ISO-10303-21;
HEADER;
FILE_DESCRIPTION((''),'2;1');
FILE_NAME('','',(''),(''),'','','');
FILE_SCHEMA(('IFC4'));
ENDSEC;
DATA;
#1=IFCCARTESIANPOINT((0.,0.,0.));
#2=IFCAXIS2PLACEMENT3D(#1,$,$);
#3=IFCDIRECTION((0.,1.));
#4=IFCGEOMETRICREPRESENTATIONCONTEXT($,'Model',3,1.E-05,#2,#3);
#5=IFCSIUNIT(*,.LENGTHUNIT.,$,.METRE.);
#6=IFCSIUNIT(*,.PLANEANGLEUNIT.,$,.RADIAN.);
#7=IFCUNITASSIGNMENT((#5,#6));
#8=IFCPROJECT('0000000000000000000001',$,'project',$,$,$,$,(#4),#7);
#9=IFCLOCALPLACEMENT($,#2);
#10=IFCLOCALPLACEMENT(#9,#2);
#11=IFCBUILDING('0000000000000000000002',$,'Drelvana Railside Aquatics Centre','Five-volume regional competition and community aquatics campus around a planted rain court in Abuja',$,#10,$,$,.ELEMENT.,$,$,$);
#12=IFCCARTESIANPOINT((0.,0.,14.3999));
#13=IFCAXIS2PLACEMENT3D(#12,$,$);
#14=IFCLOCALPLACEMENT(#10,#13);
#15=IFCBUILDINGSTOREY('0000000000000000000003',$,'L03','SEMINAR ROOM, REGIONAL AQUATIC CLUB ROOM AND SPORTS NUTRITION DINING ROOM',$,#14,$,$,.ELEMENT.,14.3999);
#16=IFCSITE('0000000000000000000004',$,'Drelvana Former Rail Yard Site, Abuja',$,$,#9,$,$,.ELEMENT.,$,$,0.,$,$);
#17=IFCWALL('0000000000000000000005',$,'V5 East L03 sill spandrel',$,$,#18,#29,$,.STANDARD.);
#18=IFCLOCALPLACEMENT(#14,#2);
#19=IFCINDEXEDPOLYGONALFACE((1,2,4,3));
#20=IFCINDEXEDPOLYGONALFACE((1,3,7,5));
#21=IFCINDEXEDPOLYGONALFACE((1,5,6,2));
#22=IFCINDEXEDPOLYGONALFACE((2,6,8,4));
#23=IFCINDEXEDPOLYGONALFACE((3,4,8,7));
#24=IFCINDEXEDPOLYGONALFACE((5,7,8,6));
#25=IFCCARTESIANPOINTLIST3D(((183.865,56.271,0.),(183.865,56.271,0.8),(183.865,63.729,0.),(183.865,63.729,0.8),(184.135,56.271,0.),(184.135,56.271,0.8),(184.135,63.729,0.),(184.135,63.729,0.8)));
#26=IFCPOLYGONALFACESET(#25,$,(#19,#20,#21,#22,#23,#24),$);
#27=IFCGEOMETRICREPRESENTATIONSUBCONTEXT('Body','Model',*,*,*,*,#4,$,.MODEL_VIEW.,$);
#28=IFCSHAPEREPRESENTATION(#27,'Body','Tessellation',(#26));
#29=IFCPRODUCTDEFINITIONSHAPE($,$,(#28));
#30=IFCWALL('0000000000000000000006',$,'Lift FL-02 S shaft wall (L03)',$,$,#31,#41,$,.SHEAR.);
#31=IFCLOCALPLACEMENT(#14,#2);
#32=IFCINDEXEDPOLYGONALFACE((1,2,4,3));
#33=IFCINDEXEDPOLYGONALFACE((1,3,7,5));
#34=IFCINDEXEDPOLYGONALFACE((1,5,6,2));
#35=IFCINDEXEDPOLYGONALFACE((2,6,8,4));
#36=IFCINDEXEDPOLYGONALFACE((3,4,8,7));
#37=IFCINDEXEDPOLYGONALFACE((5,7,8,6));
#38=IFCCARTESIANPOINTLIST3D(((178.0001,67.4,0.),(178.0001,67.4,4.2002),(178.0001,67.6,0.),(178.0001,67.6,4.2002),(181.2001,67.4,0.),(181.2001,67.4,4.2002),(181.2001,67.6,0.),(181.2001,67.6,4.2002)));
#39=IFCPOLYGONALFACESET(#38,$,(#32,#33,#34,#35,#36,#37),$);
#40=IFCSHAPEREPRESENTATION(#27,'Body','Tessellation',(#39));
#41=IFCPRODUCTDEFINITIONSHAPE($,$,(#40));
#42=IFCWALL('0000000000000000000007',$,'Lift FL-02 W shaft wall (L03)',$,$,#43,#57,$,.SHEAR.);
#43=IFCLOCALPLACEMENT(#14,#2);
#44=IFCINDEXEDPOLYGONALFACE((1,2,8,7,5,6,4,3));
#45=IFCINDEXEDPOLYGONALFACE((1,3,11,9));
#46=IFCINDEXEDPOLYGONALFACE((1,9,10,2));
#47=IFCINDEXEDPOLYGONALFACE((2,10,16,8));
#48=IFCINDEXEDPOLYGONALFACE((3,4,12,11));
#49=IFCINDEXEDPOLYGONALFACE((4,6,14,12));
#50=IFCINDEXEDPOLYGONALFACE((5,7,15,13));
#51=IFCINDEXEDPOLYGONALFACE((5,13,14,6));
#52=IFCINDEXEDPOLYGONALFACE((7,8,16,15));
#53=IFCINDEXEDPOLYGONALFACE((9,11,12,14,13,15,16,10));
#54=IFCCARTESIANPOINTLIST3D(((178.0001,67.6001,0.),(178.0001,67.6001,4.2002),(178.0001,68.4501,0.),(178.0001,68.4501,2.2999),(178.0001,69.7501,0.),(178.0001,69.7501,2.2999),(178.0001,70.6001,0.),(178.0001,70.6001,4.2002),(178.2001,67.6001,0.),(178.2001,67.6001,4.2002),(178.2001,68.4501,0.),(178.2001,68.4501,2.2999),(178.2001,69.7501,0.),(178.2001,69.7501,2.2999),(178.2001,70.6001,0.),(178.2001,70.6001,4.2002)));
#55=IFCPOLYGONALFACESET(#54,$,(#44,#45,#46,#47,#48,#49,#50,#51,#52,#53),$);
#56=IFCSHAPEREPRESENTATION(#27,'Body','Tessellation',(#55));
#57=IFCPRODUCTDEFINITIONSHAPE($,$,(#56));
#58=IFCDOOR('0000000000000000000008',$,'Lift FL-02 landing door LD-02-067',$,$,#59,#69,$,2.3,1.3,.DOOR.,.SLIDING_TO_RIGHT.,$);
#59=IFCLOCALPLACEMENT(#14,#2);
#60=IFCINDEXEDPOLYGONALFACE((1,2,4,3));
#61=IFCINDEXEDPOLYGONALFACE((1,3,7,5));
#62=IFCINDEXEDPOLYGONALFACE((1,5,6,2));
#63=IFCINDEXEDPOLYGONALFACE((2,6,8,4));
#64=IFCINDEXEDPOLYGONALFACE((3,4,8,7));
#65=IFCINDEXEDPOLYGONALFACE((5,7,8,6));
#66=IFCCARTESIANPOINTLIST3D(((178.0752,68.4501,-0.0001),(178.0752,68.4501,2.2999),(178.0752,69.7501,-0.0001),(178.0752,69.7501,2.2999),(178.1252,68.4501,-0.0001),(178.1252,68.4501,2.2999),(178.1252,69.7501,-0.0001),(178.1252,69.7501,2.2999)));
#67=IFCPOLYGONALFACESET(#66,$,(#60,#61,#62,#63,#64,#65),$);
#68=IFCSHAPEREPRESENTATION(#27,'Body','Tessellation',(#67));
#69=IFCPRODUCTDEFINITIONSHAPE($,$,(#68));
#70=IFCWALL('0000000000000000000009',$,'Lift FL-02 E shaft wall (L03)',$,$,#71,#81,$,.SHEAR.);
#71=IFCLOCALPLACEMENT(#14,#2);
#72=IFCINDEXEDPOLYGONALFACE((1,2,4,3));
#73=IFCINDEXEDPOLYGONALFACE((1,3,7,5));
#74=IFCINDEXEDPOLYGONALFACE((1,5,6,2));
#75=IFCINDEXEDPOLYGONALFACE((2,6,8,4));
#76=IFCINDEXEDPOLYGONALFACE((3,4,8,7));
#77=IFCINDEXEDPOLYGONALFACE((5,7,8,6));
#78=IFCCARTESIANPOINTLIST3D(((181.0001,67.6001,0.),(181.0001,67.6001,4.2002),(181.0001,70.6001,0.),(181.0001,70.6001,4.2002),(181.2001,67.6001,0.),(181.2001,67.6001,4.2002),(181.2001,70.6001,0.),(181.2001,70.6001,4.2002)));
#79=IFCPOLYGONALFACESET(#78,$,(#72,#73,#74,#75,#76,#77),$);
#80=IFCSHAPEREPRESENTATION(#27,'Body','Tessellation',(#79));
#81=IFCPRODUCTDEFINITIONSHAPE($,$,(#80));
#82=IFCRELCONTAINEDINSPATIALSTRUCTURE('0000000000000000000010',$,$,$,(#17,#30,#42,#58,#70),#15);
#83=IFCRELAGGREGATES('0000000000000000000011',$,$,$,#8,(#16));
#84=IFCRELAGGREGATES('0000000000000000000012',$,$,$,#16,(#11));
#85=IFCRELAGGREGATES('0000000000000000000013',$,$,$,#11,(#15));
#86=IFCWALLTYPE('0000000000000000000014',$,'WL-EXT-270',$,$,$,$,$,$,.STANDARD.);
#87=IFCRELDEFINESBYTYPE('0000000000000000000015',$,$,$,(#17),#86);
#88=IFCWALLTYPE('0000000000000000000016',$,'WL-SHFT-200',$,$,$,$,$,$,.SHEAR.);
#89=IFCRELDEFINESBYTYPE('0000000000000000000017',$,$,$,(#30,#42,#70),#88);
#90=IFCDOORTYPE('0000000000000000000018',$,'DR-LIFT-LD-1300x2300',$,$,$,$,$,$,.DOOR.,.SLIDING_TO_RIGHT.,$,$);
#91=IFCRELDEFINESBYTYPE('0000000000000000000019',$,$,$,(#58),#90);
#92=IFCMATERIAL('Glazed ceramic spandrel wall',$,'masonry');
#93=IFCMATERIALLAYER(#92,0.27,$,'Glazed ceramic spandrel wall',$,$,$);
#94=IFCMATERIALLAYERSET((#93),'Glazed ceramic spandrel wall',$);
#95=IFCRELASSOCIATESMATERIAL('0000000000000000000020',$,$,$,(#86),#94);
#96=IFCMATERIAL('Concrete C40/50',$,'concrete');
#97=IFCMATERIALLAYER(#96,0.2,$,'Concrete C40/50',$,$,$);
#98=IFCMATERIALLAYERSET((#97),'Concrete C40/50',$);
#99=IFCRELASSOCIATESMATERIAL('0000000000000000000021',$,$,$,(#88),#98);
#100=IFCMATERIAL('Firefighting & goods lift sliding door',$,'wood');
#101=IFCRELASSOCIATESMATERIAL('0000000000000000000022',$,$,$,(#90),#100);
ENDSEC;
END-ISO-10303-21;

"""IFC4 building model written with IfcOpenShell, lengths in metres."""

from ifc_helpers import new_model, si_unit, direction, frame, frame_2d, origin, place, context, subcontext, project, spatial, rectangle, extrude, material, layer, layer_set, type_object, element, fill, save


model = new_model("IFC4")

# Units and contexts
model_context = context("Model", 3, precision=1e-05, world=origin(), true_north=direction((0.0, 1.0)))
body_context = subcontext(model_context, "Body", "Model", "MODEL_VIEW")
ifc_project = project(units=[si_unit("LENGTHUNIT", "METRE"), si_unit("PLANEANGLEUNIT", "RADIAN")], contexts=[model_context])

# Site, building, storey
site_placement = place(None, origin())
site = spatial("IfcSite", under=ifc_project, at=site_placement, Name="Drelvana Former Rail Yard Site, Abuja", CompositionType="ELEMENT", RefElevation=0.0)
building_placement = place(site_placement, origin())
building = spatial("IfcBuilding", under=site, at=building_placement, Name="Drelvana Railside Aquatics Centre", Description="Five-volume regional competition and community aquatics campus around a planted rain court in Abuja", CompositionType="ELEMENT")
storey_placement = place(building_placement, frame((0.0, 0.0, 14.3999)))
storey = spatial("IfcBuildingStorey", under=building, at=storey_placement, Name="L03", Description="SEMINAR ROOM, REGIONAL AQUATIC CLUB ROOM AND SPORTS NUTRITION DINING ROOM", CompositionType="ELEMENT", Elevation=14.3999)

# Shared definitions
ifc_material_1 = material(Name="Concrete C40/50", Category="concrete")

# Walls
ifc_material_2 = material(Name="Glazed ceramic spandrel wall", Category="masonry")
ifc_layer_1 = layer(ifc_material_2, 0.27, Name="Glazed ceramic spandrel wall")
ifc_layer_set_1 = layer_set([ifc_layer_1], Name="Glazed ceramic spandrel wall")
wall_type_1 = type_object("IfcWallType", Name="WL-EXT-270", PredefinedType="STANDARD", material=ifc_layer_set_1)
wall_1_placement = place(storey_placement, frame((184.0, 56.271, 0.0), z_axis=(0.0, 0.0, 1.0), x_axis=(0.0, 1.0, 0.0)))
element("IfcWall", 1, at=wall_1_placement, inside=storey, type_object=wall_type_1, Name="V5 East L03 sill spandrel", PredefinedType="STANDARD", context=body_context, shape_type="SweptSolid", body=[
    extrude(rectangle(XDim=7.458, YDim=0.27, at=frame_2d((3.729, 0.0))), origin(), (0.0, 0.0, 1.0), 0.8),
])
ifc_layer_2 = layer(ifc_material_1, 0.2, Name="Concrete C40/50")
ifc_layer_set_2 = layer_set([ifc_layer_2], Name="Concrete C40/50")
wall_type_2 = type_object("IfcWallType", Name="WL-SHFT-200", PredefinedType="SHEAR", material=ifc_layer_set_2)
wall_2_placement = place(storey_placement, frame((178.0, 67.5, 0.0), z_axis=(0.0, 0.0, 1.0), x_axis=(1.0, 0.0, 0.0)))
element("IfcWall", 2, at=wall_2_placement, inside=storey, type_object=wall_type_2, Name="Lift FL-02 S shaft wall (L03)", PredefinedType="SHEAR", context=body_context, shape_type="SweptSolid", body=[
    extrude(rectangle(XDim=3.2, YDim=0.2, at=frame_2d((1.6001, 0.0))), origin(), (0.0, 0.0, 1.0), 4.2002),
])

# Wall, opening, door
wall_3_placement = place(storey_placement, frame((178.1001, 67.6001, 0.0), z_axis=(0.0, 0.0, 1.0), x_axis=(0.0, 1.0, 0.0)))
wall_3 = element("IfcWall", 3, at=wall_3_placement, inside=storey, type_object=wall_type_2, Name="Lift FL-02 W shaft wall (L03)", PredefinedType="SHEAR", context=body_context, shape_type="SweptSolid", body=[
    extrude(rectangle(XDim=3.0, YDim=0.2, at=frame_2d((1.5, 0.0))), origin(), (0.0, 0.0, 1.0), 4.2002),
])
opening_1_placement = place(wall_3_placement, frame((0.8501, 0.0, 0.0)))
opening_1 = element("IfcOpeningElement", 4, at=opening_1_placement, cuts=wall_3, PredefinedType="OPENING", context=body_context, shape_type="SweptSolid", body=[
    extrude(rectangle(XDim=1.3, YDim=2.3, at=frame_2d((0.6499, 1.1499))), frame((0.0, 0.1099, 0.0), z_axis=(0.0, -1.0, 0.0), x_axis=(1.0, 0.0, 0.0)), (0.0, 0.0, 1.0), 0.22),
])
ifc_material_3 = material(Name="Firefighting & goods lift sliding door", Category="wood")
door_type_1 = type_object("IfcDoorType", Name="DR-LIFT-LD-1300x2300", OperationType="SLIDING_TO_RIGHT", PredefinedType="DOOR", material=ifc_material_3)
door_1_placement = place(opening_1_placement, origin())
door_1 = element("IfcDoor", 5, at=door_1_placement, inside=storey, type_object=door_type_1, Name="Lift FL-02 landing door LD-02-067", OperationType="SLIDING_TO_RIGHT", OverallHeight=2.3, OverallWidth=1.3, PredefinedType="DOOR", context=body_context, shape_type="SweptSolid", body=[
    extrude(rectangle(XDim=1.3, YDim=2.3, at=frame_2d((0.6499, 1.1499))), frame((0.0, 0.0249, 0.0), z_axis=(0.0, -1.0, 0.0), x_axis=(1.0, 0.0, 0.0)), (0.0, 0.0, 1.0), 0.05),
])
fill(opening_1, door_1)

# Wall
wall_4_placement = place(storey_placement, frame((181.1001, 67.6001, 0.0), z_axis=(0.0, 0.0, 1.0), x_axis=(0.0, 1.0, 0.0)))
element("IfcWall", 6, at=wall_4_placement, inside=storey, type_object=wall_type_2, Name="Lift FL-02 E shaft wall (L03)", PredefinedType="SHEAR", context=body_context, shape_type="SweptSolid", body=[
    extrude(rectangle(XDim=3.0, YDim=0.2, at=frame_2d((1.5, 0.0))), origin(), (0.0, 0.0, 1.0), 4.2002),
])

save(model, "model.ifc")
